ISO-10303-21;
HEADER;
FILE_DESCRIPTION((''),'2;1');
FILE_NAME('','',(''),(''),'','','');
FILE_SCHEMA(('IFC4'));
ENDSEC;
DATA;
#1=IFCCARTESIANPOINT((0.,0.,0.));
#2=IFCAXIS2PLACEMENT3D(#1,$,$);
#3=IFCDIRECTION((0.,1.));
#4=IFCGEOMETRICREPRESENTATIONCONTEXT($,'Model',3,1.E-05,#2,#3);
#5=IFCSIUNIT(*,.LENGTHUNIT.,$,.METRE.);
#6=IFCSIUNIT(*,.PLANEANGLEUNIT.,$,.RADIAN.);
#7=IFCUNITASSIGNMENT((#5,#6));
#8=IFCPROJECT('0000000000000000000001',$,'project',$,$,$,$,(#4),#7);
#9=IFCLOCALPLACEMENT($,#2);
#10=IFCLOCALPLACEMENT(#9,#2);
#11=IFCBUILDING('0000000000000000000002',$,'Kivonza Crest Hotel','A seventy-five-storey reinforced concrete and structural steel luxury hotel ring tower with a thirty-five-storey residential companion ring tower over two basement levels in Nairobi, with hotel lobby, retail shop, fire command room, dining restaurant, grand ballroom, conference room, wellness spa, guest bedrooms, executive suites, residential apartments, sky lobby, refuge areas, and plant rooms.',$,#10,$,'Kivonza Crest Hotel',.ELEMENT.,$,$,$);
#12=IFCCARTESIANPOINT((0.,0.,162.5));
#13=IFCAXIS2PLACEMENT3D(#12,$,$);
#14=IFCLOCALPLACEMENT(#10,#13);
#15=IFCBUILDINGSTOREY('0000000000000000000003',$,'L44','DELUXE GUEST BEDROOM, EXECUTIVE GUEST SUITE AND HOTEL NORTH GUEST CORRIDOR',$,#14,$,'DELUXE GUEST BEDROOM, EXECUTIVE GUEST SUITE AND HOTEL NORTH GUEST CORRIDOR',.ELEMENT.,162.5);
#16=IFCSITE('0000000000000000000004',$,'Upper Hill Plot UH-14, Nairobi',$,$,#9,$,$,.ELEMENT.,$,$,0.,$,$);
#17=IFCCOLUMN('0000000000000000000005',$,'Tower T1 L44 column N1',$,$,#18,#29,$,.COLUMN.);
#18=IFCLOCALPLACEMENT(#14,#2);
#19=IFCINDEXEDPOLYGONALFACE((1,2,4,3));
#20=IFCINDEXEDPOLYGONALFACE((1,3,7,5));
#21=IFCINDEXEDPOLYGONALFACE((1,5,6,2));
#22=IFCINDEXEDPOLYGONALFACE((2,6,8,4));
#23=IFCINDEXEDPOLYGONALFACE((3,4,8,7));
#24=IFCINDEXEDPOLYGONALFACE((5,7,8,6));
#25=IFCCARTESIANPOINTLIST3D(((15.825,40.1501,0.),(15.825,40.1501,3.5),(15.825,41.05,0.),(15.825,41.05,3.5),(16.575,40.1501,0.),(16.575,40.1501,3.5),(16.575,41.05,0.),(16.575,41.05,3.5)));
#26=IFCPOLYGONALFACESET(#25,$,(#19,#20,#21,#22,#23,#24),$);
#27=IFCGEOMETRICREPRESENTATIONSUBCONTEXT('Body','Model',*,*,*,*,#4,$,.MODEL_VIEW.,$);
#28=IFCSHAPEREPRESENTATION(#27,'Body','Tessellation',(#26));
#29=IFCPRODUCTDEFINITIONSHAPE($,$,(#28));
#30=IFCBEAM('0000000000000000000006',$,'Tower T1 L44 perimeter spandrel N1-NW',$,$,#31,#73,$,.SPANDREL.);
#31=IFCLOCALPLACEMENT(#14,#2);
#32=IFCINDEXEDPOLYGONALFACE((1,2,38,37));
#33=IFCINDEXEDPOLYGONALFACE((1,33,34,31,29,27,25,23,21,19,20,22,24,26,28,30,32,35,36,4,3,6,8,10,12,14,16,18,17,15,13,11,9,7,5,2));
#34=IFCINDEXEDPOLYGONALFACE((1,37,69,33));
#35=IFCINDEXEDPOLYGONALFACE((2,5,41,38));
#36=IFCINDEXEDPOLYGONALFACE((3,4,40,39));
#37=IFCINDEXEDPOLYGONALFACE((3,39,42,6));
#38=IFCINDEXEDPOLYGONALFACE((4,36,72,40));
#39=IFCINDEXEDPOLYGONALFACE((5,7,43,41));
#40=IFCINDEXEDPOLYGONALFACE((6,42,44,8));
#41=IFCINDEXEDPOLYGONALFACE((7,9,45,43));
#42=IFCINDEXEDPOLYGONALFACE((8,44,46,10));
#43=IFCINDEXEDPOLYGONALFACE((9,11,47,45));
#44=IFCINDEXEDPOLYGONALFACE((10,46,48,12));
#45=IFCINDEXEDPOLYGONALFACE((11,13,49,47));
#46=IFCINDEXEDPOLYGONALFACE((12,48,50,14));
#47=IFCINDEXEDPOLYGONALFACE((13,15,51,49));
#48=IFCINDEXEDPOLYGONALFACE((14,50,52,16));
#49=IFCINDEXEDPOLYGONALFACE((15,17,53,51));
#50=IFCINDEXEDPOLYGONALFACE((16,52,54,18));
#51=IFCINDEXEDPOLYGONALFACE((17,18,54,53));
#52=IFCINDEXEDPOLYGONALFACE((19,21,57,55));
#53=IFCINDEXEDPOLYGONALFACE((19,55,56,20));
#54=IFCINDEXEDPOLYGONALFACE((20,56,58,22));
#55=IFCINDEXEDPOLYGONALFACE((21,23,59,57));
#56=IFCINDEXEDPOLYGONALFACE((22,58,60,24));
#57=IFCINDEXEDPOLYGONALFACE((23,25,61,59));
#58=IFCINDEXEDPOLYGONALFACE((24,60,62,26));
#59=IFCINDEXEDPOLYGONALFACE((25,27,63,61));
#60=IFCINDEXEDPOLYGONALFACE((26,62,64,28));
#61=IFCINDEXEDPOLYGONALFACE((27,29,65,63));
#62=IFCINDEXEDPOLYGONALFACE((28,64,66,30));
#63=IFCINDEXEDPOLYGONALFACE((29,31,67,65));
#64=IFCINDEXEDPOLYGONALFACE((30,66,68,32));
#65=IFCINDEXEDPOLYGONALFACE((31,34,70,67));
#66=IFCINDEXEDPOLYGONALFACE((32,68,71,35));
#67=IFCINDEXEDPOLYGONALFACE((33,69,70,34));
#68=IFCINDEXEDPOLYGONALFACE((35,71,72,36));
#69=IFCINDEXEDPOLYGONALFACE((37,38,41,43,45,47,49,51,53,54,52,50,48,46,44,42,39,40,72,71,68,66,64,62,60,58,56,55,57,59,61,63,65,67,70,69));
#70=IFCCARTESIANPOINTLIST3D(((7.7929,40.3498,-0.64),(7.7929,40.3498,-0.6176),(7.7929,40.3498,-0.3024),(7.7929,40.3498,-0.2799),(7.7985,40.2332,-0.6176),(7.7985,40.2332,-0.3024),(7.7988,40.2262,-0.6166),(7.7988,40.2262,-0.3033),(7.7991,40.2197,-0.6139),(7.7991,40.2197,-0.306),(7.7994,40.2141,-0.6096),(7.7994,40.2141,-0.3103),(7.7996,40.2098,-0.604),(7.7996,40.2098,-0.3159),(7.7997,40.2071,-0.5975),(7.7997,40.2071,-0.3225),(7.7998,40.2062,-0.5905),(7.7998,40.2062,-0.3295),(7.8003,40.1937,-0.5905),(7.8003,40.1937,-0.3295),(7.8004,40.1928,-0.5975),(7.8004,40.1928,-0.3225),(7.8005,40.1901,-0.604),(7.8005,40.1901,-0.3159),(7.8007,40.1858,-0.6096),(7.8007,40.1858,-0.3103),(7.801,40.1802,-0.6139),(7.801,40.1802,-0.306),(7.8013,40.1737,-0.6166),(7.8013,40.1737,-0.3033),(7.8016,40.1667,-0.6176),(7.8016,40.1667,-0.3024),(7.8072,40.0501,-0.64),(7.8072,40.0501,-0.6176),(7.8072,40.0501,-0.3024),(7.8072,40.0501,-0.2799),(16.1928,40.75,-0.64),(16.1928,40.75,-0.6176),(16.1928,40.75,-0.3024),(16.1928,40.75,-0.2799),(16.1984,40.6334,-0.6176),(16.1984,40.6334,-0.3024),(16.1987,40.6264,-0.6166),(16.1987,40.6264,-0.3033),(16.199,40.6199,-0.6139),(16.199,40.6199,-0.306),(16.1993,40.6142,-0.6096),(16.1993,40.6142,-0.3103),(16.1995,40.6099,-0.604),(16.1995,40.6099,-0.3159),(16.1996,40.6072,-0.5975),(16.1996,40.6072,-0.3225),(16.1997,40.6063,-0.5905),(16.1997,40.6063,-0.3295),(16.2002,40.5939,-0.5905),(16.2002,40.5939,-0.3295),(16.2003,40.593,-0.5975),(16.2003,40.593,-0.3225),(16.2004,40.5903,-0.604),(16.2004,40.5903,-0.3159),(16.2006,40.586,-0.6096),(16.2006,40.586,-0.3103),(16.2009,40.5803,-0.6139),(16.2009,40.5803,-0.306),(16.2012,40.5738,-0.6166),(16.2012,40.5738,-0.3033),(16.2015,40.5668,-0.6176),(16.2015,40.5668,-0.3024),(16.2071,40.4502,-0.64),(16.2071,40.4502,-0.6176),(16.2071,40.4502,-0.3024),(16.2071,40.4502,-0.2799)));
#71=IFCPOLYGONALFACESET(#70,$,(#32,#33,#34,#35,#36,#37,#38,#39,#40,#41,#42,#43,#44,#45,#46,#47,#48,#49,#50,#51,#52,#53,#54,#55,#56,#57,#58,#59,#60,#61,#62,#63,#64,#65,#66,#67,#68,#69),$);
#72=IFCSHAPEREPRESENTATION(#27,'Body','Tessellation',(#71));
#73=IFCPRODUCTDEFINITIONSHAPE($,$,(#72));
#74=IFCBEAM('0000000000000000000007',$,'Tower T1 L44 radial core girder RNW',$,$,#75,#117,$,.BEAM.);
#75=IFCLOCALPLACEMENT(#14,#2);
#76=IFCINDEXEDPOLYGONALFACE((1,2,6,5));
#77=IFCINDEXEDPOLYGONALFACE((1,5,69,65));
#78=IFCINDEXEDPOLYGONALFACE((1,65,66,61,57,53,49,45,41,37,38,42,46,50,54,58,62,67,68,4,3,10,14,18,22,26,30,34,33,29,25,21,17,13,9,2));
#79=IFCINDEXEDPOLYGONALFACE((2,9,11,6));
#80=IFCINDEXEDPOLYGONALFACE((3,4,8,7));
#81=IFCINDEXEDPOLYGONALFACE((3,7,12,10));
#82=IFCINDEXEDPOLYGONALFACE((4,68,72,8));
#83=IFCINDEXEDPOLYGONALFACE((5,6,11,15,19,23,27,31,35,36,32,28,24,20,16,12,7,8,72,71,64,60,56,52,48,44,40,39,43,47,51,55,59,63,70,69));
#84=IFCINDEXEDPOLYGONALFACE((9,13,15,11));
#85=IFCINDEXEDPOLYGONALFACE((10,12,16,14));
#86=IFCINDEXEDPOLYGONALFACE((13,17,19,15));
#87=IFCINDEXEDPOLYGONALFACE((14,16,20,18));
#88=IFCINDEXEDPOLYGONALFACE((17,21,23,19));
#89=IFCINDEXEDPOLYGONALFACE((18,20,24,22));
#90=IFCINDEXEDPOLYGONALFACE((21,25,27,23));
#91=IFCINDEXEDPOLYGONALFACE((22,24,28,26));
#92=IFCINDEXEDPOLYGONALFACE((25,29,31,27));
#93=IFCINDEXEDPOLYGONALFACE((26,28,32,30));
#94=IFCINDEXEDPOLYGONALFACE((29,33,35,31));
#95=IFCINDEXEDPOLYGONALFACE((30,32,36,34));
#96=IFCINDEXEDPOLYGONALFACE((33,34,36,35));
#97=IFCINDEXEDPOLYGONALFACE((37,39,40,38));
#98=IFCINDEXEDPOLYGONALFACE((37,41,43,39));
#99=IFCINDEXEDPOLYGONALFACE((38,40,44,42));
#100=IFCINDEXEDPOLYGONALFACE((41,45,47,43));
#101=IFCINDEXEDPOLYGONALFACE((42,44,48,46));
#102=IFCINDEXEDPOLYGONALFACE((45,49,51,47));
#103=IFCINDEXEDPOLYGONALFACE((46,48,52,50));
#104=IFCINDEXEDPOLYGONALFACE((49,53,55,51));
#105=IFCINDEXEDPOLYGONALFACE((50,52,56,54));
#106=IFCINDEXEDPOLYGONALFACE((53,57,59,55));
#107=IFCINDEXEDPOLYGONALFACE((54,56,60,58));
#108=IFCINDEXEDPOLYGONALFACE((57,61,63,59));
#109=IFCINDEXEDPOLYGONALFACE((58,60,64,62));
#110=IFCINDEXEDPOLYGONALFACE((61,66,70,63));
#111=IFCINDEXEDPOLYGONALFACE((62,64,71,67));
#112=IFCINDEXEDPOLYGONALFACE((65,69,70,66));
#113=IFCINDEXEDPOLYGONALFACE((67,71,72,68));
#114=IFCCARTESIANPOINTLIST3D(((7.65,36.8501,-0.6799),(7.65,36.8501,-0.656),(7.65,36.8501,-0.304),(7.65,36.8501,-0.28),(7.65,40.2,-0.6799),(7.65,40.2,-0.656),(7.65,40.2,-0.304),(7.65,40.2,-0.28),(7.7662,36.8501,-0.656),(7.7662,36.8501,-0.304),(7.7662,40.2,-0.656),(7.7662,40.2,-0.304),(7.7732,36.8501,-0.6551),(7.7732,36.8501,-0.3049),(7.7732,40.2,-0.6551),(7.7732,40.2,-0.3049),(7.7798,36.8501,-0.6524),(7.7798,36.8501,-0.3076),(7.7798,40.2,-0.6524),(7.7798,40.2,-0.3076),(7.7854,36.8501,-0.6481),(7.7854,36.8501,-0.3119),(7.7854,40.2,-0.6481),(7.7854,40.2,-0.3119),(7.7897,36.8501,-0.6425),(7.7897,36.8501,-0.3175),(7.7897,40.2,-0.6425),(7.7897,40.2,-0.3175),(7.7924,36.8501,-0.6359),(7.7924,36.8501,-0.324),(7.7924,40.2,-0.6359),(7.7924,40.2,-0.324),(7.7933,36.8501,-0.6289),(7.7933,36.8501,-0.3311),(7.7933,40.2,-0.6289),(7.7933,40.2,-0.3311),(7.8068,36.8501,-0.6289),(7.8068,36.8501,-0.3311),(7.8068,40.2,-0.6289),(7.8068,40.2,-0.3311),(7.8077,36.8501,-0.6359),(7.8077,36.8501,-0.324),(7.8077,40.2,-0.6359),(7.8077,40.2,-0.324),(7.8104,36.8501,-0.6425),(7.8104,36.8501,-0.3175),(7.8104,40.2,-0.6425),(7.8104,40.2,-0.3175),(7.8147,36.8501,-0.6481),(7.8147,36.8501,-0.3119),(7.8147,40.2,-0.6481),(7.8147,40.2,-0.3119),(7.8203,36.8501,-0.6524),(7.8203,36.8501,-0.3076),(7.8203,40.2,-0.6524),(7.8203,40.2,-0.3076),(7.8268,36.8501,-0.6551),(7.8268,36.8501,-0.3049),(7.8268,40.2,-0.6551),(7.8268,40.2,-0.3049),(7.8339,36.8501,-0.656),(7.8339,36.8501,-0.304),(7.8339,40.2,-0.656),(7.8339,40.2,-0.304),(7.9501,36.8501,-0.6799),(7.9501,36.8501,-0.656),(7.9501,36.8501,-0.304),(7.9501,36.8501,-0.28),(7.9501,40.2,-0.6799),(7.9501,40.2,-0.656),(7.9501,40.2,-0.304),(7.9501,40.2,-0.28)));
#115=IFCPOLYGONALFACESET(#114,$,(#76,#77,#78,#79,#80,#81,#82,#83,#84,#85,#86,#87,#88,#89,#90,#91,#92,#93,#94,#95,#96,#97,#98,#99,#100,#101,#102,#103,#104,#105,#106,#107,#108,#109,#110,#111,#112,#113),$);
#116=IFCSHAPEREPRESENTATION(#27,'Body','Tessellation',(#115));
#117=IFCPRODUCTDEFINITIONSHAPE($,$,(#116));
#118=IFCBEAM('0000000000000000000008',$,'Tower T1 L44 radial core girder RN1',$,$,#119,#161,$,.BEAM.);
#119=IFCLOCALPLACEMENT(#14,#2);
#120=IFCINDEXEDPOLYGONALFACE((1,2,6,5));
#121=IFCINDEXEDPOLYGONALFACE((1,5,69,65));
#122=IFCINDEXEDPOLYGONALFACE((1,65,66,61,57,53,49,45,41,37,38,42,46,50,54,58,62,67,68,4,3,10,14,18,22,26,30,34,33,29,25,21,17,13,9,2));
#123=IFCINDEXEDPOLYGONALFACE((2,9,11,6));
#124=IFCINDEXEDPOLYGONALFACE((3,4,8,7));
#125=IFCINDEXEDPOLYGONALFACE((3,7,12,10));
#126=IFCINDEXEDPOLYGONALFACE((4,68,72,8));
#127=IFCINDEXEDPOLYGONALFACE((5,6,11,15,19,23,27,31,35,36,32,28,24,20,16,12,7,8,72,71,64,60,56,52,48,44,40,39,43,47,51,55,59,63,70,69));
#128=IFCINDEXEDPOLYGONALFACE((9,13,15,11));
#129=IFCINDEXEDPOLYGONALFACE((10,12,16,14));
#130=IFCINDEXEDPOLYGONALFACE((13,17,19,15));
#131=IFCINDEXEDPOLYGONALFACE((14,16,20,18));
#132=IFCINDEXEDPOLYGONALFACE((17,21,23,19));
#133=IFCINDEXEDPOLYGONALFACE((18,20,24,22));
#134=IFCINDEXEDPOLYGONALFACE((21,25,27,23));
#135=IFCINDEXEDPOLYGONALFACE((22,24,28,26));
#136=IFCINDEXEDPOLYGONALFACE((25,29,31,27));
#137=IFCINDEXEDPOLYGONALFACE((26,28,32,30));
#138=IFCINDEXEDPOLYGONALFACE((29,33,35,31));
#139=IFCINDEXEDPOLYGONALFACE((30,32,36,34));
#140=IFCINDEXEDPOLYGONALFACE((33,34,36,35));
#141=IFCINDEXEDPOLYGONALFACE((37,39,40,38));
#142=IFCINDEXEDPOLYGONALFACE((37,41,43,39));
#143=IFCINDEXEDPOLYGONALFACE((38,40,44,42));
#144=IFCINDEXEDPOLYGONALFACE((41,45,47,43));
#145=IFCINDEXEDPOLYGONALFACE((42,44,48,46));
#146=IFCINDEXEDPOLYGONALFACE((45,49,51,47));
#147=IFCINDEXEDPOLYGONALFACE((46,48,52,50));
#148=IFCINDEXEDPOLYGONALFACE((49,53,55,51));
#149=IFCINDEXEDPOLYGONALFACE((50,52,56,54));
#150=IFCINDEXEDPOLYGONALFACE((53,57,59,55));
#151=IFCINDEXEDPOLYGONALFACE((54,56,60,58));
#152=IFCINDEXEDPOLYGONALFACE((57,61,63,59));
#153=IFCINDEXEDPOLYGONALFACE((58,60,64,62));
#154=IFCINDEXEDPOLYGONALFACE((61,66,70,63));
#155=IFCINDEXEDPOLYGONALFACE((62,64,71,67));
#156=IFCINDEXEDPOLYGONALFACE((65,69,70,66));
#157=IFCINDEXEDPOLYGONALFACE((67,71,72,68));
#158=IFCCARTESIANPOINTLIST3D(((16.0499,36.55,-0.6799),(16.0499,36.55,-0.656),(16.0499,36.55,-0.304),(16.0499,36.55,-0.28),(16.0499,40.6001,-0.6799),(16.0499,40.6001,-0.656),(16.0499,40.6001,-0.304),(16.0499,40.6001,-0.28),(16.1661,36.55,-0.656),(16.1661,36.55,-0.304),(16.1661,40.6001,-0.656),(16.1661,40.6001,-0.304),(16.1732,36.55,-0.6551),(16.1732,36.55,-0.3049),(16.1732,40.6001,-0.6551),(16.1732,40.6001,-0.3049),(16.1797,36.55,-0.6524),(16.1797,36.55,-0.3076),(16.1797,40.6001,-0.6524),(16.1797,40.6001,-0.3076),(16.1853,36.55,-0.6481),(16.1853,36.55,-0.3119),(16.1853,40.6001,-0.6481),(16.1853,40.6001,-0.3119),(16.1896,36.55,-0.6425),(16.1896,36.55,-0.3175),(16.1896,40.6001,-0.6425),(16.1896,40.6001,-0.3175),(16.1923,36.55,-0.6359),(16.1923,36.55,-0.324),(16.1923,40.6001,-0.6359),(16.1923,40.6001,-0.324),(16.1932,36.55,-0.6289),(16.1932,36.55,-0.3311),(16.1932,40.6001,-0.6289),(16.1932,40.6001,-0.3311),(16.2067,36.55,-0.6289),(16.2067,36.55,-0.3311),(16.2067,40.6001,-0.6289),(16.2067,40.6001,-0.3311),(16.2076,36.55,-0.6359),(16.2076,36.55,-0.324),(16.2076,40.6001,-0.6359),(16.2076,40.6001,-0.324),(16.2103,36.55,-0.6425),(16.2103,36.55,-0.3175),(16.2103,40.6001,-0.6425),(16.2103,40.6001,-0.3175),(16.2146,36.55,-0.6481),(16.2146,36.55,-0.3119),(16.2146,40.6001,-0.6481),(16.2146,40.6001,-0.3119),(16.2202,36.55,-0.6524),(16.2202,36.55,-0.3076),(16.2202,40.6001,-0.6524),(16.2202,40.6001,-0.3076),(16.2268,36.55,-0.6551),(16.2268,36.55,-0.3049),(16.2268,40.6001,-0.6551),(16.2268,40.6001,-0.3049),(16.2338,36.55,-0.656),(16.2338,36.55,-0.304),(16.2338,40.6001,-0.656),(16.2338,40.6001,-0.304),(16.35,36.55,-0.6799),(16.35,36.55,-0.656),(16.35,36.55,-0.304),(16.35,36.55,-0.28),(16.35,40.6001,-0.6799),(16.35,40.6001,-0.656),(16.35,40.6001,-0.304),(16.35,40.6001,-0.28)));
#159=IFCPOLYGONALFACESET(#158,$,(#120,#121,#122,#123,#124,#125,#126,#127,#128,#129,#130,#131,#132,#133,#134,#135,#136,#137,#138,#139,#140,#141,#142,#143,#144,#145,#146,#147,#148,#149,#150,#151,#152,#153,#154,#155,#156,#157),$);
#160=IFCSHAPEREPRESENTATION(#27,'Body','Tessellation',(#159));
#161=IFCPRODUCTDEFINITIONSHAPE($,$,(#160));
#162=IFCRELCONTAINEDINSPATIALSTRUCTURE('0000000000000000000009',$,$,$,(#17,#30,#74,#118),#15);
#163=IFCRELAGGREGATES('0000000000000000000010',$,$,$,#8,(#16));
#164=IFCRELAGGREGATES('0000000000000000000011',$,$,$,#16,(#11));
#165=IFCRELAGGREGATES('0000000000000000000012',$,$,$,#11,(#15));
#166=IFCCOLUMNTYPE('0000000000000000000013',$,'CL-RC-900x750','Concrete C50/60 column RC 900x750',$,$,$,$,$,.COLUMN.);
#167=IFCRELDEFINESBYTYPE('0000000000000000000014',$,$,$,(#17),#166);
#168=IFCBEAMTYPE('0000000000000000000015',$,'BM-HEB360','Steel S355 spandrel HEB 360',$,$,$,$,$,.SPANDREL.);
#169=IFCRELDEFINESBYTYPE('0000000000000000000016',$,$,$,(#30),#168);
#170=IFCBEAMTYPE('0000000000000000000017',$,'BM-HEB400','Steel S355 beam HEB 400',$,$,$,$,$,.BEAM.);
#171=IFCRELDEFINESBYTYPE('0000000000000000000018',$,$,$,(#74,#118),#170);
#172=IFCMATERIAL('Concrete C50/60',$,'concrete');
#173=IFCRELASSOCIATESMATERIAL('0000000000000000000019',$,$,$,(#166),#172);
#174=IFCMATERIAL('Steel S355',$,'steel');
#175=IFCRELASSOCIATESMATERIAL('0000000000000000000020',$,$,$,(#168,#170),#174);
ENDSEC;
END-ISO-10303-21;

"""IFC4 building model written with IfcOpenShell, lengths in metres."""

from ifc_helpers import new_model, si_unit, direction, frame, origin, origin_2d, place, context, subcontext, project, spatial, rectangle, i_section, extrude, material, material_profile, profile_set, type_object, element, save


model = new_model("IFC4")

# Units and contexts
model_context = context("Model", 3, precision=1e-05, world=origin(), true_north=direction((0.0, 1.0)))
body_context = subcontext(model_context, "Body", "Model", "MODEL_VIEW")
ifc_project = project(units=[si_unit("LENGTHUNIT", "METRE"), si_unit("PLANEANGLEUNIT", "RADIAN")], contexts=[model_context])

# Site, building, storey
site_placement = place(None, origin())
site = spatial("IfcSite", under=ifc_project, at=site_placement, Name="Upper Hill Plot UH-14, Nairobi", CompositionType="ELEMENT", RefElevation=0.0)
building_placement = place(site_placement, origin())
building = spatial("IfcBuilding", under=site, at=building_placement, Name="Kivonza Crest Hotel", Description="A seventy-five-storey reinforced concrete and structural steel luxury hotel ring tower with a thirty-five-storey residential companion ring tower over two basement levels in Nairobi, with hotel lobby, retail shop, fire command room, dining restaurant, grand ballroom, conference room, wellness spa, guest bedrooms, executive suites, residential apartments, sky lobby, refuge areas, and plant rooms.", LongName="Kivonza Crest Hotel", CompositionType="ELEMENT")
storey_placement = place(building_placement, frame((0.0, 0.0, 162.5)))
storey = spatial("IfcBuildingStorey", under=building, at=storey_placement, Name="L44", Description="DELUXE GUEST BEDROOM, EXECUTIVE GUEST SUITE AND HOTEL NORTH GUEST CORRIDOR", LongName="DELUXE GUEST BEDROOM, EXECUTIVE GUEST SUITE AND HOTEL NORTH GUEST CORRIDOR", CompositionType="ELEMENT", Elevation=162.5)

# Column
ifc_material_1 = material(Name="Concrete C50/60", Category="concrete")
ifc_material_profile_1 = material_profile(ifc_material_1, rectangle(XDim=0.75, YDim=0.8999, at=origin_2d()), Name="RC 900x750")
ifc_profile_set_1 = profile_set([ifc_material_profile_1], Name="Concrete C50/60")
column_type = type_object("IfcColumnType", Name="CL-RC-900x750", Description="Concrete C50/60 column RC 900x750", PredefinedType="COLUMN", material=ifc_profile_set_1)
column_placement = place(storey_placement, frame((16.2, 40.6001, 0.0), z_axis=(0.0, 0.0, 1.0), x_axis=(1.0, 0.0, 0.0)))
element("IfcColumn", 1, at=column_placement, inside=storey, type_object=column_type, Name="Tower T1 L44 column N1", PredefinedType="COLUMN", context=body_context, shape_type="SweptSolid", body=[
    extrude(rectangle(XDim=0.75, YDim=0.8999, at=origin_2d()), origin(), (0.0, 0.0, 1.0), 3.5),
])

# Beams
ifc_material_2 = material(Name="Steel S355", Category="steel")
ifc_material_profile_2 = material_profile(ifc_material_2, i_section(OverallWidth=0.3, OverallDepth=0.3601, WebThickness=0.0125, FlangeThickness=0.0225, FilletRadius=0.0271, at=origin_2d()), Name="HEB 360")
ifc_profile_set_2 = profile_set([ifc_material_profile_2], Name="Steel S355")
beam_type_1 = type_object("IfcBeamType", Name="BM-HEB360", Description="Steel S355 spandrel HEB 360", PredefinedType="SPANDREL", material=ifc_profile_set_2)
beam_1_placement = place(storey_placement, frame((16.2, 40.6001, -0.46), z_axis=(-0.998867, -0.047583, 0.0), x_axis=(0.047583, -0.998867, 0.0)))
element("IfcBeam", 2, at=beam_1_placement, inside=storey, type_object=beam_type_1, Name="Tower T1 L44 perimeter spandrel N1-NW", PredefinedType="SPANDREL", context=body_context, shape_type="SweptSolid", body=[
    extrude(i_section(OverallWidth=0.3, OverallDepth=0.3601, WebThickness=0.0125, FlangeThickness=0.0225, FilletRadius=0.0271, at=origin_2d()), origin(), (0.0, 0.0, 1.0), 8.4094),
])
ifc_material_profile_3 = material_profile(ifc_material_2, i_section(OverallWidth=0.3, OverallDepth=0.3999, WebThickness=0.0134, FlangeThickness=0.0239, FilletRadius=0.0271, at=origin_2d()), Name="HEB 400")
ifc_profile_set_3 = profile_set([ifc_material_profile_3], Name="Steel S355")
beam_type_2 = type_object("IfcBeamType", Name="BM-HEB400", Description="Steel S355 beam HEB 400", PredefinedType="BEAM", material=ifc_profile_set_3)
beam_2_placement = place(storey_placement, frame((7.8, 40.2, -0.48), z_axis=(0.0, -1.0, 0.0), x_axis=(1.0, 0.0, 0.0)))
element("IfcBeam", 3, at=beam_2_placement, inside=storey, type_object=beam_type_2, Name="Tower T1 L44 radial core girder RNW", PredefinedType="BEAM", context=body_context, shape_type="SweptSolid", body=[
    extrude(i_section(OverallWidth=0.3, OverallDepth=0.3999, WebThickness=0.0134, FlangeThickness=0.0239, FilletRadius=0.0271, at=origin_2d()), origin(), (0.0, 0.0, 1.0), 3.3499),
])
beam_3_placement = place(storey_placement, frame((16.2, 40.6001, -0.48), z_axis=(0.0, -1.0, 0.0), x_axis=(1.0, 0.0, 0.0)))
element("IfcBeam", 4, at=beam_3_placement, inside=storey, type_object=beam_type_2, Name="Tower T1 L44 radial core girder RN1", PredefinedType="BEAM", context=body_context, shape_type="SweptSolid", body=[
    extrude(i_section(OverallWidth=0.3, OverallDepth=0.3999, WebThickness=0.0134, FlangeThickness=0.0239, FilletRadius=0.0271, at=origin_2d()), origin(), (0.0, 0.0, 1.0), 4.05),
])

save(model, "model.ifc")
